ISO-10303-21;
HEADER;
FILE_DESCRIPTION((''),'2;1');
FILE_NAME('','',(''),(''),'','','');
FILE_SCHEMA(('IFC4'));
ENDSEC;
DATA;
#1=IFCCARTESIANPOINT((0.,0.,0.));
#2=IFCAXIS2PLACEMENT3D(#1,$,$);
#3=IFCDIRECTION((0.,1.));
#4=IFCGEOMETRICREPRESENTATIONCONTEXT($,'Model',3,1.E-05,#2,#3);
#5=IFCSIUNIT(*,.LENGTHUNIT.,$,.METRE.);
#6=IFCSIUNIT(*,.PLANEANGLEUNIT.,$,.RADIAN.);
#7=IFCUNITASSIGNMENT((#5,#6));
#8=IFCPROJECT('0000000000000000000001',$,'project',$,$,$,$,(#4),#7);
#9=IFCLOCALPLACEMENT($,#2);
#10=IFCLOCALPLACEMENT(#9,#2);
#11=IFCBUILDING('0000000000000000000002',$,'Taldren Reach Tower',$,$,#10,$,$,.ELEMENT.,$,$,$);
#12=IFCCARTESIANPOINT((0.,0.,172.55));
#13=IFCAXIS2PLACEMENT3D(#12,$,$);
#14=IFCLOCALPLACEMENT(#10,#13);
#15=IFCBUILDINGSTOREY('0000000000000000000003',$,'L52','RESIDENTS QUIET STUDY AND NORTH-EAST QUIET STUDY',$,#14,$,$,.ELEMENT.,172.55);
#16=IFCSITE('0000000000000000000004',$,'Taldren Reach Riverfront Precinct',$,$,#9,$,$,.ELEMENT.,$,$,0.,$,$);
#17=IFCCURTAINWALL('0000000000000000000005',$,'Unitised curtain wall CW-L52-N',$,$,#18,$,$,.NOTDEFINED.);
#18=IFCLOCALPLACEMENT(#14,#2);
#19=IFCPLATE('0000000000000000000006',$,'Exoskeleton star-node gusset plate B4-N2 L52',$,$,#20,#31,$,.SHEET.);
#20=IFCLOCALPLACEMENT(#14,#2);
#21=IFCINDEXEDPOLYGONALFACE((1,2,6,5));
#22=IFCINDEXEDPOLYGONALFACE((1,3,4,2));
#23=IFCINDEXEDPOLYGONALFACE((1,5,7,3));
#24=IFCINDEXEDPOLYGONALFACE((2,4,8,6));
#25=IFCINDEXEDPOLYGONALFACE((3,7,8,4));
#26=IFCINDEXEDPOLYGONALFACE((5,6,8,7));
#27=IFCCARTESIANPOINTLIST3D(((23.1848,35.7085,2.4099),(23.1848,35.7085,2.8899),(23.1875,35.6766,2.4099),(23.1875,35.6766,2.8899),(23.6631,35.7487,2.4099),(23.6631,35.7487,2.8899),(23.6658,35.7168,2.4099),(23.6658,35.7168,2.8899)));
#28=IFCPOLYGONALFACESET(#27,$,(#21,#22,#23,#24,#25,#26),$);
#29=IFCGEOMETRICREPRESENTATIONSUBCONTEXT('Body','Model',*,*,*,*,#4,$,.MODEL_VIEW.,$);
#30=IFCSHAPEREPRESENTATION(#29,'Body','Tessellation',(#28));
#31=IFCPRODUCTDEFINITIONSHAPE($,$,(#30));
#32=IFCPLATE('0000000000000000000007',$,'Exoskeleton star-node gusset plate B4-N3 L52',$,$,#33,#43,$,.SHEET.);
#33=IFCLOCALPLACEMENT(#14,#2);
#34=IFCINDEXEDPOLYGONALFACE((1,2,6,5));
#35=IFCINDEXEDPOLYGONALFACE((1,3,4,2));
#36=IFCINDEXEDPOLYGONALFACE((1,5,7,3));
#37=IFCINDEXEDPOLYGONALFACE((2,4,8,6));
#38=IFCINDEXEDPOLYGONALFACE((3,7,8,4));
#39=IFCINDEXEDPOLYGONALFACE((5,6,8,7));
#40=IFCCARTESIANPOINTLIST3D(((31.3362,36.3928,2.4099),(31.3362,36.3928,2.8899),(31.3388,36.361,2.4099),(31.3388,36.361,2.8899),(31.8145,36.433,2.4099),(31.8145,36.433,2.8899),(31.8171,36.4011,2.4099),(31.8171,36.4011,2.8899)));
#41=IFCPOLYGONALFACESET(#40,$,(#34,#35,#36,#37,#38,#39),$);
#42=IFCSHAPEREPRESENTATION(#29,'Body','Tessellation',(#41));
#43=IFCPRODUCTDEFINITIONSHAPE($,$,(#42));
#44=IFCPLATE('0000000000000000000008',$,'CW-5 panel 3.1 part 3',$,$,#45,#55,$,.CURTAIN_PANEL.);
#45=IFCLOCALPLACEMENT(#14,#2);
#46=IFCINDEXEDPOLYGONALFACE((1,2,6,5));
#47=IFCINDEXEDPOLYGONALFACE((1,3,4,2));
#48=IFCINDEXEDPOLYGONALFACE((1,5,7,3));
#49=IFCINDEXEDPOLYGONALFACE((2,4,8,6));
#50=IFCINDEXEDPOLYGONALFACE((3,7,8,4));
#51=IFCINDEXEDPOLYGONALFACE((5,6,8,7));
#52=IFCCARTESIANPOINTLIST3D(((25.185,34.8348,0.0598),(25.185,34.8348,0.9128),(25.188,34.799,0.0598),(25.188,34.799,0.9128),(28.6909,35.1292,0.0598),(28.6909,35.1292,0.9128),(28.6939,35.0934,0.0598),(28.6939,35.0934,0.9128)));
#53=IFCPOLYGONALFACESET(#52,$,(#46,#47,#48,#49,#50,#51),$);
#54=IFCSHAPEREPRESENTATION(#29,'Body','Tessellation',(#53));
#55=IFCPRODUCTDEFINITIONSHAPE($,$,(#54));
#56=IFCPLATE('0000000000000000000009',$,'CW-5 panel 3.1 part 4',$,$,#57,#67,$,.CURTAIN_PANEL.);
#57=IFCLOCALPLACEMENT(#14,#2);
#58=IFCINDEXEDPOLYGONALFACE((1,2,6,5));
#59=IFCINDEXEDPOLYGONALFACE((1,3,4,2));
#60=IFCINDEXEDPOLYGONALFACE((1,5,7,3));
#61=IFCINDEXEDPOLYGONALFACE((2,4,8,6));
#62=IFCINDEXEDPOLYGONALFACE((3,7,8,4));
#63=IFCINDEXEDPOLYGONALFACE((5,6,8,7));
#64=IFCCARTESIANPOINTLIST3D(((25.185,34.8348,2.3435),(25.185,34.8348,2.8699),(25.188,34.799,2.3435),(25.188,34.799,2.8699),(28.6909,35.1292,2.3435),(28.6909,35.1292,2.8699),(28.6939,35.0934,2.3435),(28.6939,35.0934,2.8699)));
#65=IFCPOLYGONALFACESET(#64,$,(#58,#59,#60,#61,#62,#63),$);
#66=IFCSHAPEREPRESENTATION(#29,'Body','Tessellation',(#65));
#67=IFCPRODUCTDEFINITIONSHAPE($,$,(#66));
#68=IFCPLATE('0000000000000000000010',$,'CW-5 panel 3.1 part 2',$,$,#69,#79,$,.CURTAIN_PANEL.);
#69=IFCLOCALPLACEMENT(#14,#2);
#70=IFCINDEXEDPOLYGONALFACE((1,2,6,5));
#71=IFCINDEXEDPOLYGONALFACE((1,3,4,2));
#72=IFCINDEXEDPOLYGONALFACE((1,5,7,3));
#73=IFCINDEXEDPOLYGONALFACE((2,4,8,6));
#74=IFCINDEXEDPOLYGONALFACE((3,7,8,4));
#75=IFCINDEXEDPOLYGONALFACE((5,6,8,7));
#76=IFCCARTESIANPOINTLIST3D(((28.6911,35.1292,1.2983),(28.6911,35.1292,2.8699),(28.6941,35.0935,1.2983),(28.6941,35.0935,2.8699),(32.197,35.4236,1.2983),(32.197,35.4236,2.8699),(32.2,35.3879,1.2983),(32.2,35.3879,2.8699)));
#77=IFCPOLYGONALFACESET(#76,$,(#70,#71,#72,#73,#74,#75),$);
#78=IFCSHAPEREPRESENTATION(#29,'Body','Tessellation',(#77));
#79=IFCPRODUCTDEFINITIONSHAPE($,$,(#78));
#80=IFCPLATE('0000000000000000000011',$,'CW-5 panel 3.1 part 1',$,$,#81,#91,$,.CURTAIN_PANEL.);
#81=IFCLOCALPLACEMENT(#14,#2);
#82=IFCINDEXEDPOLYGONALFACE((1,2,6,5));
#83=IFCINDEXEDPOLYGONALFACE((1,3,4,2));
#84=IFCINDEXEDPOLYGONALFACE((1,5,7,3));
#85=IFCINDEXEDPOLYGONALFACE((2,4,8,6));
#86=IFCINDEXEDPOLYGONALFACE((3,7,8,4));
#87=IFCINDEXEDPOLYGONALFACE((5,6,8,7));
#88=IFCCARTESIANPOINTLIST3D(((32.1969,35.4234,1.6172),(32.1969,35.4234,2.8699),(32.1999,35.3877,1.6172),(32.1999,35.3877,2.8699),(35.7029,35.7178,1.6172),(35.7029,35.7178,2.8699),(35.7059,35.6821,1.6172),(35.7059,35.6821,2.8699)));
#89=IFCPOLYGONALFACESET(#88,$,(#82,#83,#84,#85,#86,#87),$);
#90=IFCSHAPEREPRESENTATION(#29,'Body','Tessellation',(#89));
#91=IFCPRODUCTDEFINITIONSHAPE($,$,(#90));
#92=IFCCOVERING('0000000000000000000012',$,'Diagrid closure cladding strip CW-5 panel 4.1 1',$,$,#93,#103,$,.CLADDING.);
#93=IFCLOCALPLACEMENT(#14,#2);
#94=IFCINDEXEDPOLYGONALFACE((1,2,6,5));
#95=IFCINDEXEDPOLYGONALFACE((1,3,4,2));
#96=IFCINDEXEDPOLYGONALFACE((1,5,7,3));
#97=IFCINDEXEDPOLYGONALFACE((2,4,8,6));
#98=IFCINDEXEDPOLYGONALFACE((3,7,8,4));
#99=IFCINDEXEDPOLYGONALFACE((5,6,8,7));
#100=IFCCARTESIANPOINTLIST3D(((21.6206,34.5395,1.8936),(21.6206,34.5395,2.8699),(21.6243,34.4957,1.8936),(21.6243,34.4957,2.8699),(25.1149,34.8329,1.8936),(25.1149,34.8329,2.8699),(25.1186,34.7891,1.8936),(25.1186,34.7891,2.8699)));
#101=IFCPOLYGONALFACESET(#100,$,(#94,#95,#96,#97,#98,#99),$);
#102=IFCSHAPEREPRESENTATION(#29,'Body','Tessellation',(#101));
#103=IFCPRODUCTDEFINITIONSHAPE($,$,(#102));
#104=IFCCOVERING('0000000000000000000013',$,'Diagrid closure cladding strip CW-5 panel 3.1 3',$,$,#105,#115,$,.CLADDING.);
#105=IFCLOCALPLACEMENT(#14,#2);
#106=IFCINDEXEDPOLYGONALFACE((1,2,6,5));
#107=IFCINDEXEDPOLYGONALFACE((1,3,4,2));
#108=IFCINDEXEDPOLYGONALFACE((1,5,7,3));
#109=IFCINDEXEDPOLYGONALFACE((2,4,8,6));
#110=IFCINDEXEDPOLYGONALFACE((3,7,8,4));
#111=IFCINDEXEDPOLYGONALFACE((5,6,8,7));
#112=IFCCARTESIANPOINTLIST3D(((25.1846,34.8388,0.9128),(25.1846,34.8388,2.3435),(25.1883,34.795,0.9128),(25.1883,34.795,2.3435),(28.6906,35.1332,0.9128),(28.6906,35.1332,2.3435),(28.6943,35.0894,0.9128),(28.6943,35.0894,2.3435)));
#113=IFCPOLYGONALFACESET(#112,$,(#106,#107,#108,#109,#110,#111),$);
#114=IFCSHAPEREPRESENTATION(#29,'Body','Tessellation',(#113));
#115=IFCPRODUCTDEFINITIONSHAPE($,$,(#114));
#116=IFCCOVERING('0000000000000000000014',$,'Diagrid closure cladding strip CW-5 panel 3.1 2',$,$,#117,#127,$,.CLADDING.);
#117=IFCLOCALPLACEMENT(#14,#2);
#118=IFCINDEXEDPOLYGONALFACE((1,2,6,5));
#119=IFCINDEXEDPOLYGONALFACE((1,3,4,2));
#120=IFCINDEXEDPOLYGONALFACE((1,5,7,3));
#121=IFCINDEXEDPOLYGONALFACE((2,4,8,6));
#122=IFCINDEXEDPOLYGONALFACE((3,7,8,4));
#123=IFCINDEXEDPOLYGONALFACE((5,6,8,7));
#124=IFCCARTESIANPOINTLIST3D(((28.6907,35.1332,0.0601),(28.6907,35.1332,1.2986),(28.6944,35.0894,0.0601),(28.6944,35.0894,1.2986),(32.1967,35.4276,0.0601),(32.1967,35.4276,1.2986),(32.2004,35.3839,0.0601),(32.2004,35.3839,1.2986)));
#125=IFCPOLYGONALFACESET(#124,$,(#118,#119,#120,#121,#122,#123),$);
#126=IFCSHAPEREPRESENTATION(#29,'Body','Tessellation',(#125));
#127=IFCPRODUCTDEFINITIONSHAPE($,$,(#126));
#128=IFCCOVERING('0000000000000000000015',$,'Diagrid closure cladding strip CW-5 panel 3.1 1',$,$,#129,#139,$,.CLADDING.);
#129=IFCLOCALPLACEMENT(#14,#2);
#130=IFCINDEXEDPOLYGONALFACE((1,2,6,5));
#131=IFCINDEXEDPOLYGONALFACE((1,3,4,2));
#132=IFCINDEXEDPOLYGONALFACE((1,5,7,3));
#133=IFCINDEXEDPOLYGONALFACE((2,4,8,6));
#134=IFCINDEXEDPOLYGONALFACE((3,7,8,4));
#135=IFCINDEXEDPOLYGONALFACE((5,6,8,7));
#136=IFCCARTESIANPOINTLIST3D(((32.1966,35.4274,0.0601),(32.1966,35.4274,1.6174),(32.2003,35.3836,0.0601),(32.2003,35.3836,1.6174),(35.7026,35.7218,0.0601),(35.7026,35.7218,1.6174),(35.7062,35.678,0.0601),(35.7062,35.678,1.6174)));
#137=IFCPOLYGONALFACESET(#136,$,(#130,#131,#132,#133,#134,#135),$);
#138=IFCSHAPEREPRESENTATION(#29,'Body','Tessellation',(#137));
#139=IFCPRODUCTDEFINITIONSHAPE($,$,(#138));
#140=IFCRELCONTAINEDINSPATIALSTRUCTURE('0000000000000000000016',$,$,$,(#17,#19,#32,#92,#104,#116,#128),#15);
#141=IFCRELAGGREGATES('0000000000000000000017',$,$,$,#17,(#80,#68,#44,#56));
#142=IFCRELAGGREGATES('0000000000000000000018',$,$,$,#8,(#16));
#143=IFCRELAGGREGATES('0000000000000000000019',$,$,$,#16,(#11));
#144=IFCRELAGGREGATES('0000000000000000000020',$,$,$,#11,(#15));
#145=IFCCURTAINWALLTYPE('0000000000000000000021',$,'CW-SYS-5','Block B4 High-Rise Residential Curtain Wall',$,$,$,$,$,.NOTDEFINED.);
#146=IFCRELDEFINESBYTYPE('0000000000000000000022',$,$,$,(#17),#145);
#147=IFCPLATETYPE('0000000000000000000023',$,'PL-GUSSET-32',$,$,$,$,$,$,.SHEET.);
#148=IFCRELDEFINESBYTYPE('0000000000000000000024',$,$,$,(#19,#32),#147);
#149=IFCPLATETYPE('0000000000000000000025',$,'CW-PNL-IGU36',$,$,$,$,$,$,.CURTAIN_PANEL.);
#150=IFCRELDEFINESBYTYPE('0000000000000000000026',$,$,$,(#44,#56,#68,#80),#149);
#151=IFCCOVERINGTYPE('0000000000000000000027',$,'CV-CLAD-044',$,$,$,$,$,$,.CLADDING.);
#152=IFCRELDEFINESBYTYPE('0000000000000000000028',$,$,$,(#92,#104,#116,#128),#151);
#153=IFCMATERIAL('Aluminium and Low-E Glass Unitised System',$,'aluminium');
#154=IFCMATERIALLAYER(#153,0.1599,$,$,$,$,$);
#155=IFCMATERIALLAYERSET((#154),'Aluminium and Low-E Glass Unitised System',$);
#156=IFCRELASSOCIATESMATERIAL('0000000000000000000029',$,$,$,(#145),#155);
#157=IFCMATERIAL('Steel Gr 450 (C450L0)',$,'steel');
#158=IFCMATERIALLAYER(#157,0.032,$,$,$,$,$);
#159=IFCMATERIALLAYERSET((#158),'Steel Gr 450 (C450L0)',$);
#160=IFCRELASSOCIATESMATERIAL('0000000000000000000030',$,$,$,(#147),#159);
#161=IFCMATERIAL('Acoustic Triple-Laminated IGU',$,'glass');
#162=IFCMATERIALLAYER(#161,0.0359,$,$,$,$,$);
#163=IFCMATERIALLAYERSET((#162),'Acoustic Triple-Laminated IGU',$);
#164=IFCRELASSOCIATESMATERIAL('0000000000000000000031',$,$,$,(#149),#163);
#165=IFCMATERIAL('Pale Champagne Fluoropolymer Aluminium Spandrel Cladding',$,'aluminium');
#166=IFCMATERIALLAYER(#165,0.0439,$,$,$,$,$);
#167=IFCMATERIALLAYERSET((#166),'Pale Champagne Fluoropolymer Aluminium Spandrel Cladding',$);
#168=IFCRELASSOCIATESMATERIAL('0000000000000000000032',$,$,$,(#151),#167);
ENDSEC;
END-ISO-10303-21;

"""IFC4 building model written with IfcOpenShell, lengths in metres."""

from ifc_helpers import new_model, si_unit, direction, frame, origin, origin_2d, place, context, subcontext, project, spatial, rectangle, extrude, source, transform, mapped, material, layer, layer_set, type_object, element, aggregate, save


model = new_model("IFC4")

# Units and contexts
model_context = context("Model", 3, precision=1e-05, world=origin(), true_north=direction((0.0, 1.0)))
body_context = subcontext(model_context, "Body", "Model", "MODEL_VIEW")
ifc_project = project(units=[si_unit("LENGTHUNIT", "METRE"), si_unit("PLANEANGLEUNIT", "RADIAN")], contexts=[model_context])

# Site, building, storey
site_placement = place(None, origin())
site = spatial("IfcSite", under=ifc_project, at=site_placement, Name="Taldren Reach Riverfront Precinct", CompositionType="ELEMENT", RefElevation=0.0)
building_placement = place(site_placement, origin())
building = spatial("IfcBuilding", under=site, at=building_placement, Name="Taldren Reach Tower", CompositionType="ELEMENT")
storey_placement = place(building_placement, frame((0.0, 0.0, 172.55)))
storey = spatial("IfcBuildingStorey", under=building, at=storey_placement, Name="L52", Description="RESIDENTS QUIET STUDY AND NORTH-EAST QUIET STUDY", CompositionType="ELEMENT", Elevation=172.55)

# Shared definitions
ifc_material_1 = material(Name="Steel Gr 450 (C450L0)", Category="steel")

# Curtain wall
ifc_material_2 = material(Name="Aluminium and Low-E Glass Unitised System", Category="aluminium")
ifc_layer_1 = layer(ifc_material_2, 0.1599)
ifc_layer_set_1 = layer_set([ifc_layer_1], Name="Aluminium and Low-E Glass Unitised System")
curtain_wall_type = type_object("IfcCurtainWallType", Name="CW-SYS-5", Description="Block B4 High-Rise Residential Curtain Wall", PredefinedType="NOTDEFINED", material=ifc_layer_set_1)
curtain_wall_placement = place(storey_placement, origin())
curtain_wall = element("IfcCurtainWall", 1, at=curtain_wall_placement, inside=storey, type_object=curtain_wall_type, Name="Unitised curtain wall CW-L52-N", PredefinedType="NOTDEFINED")

# Plates
ifc_layer_2 = layer(ifc_material_1, 0.032)
ifc_layer_set_2 = layer_set([ifc_layer_2], Name="Steel Gr 450 (C450L0)")
plate_type_1 = type_object("IfcPlateType", Name="PL-GUSSET-32", PredefinedType="SHEET", material=ifc_layer_set_2)
shared_shape_1 = source(origin(), body_context, "Body", "SweptSolid", [
    extrude(rectangle(XDim=0.48, YDim=0.032, at=origin_2d()), origin(), (0.0, 0.0, 1.0), 0.48),
])
for number, where, z_axis, x_axis, name in (
    (2, (23.4253, 35.7126, 2.4099), (0.0, 0.0, 1.0), (0.996493, 0.083678, 0.0), "Exoskeleton star-node gusset plate B4-N2 L52"),
    (3, (31.5767, 36.397, 2.4099), (0.0, 0.0, 1.0), (0.996493, 0.083678, 0.0), "Exoskeleton star-node gusset plate B4-N3 L52"),
):
    element("IfcPlate", number, at=place(storey_placement, frame(where, z_axis=z_axis, x_axis=x_axis)), inside=storey, type_object=plate_type_1, Name=name, PredefinedType="SHEET", context=body_context, shape_type="MappedRepresentation", body=[
        mapped(shared_shape_1, transform((0.0, 0.0, 0.0), scale=1.0)),
    ])

# Plates
ifc_material_3 = material(Name="Acoustic Triple-Laminated IGU", Category="glass")
ifc_layer_3 = layer(ifc_material_3, 0.0359)
ifc_layer_set_3 = layer_set([ifc_layer_3], Name="Acoustic Triple-Laminated IGU")
plate_type_2 = type_object("IfcPlateType", Name="CW-PNL-IGU36", PredefinedType="CURTAIN_PANEL", material=ifc_layer_set_3)
shared_shape_2 = source(origin(), body_context, "Body", "SweptSolid", [
    extrude(rectangle(XDim=3.5183, YDim=0.0359, at=origin_2d()), origin(), (0.0, 0.0, 1.0), 0.853),
])
plate_1_placement = place(storey_placement, frame((26.9395, 34.9641, 0.0598), z_axis=(0.0, 0.0, 1.0), x_axis=(-0.996493, -0.083678, 0.0)))
plate_1 = element("IfcPlate", 4, at=plate_1_placement, type_object=plate_type_2, Name="CW-5 panel 3.1 part 3", PredefinedType="CURTAIN_PANEL", context=body_context, shape_type="MappedRepresentation", body=[
    mapped(shared_shape_2, transform((0.0, 0.0, 0.0), scale=1.0)),
])
shared_shape_3 = source(origin(), body_context, "Body", "SweptSolid", [
    extrude(rectangle(XDim=3.5183, YDim=0.0359, at=origin_2d()), origin(), (0.0, 0.0, 1.0), 0.5264),
])
plate_2_placement = place(storey_placement, frame((26.9395, 34.9641, 2.3435), z_axis=(0.0, 0.0, 1.0), x_axis=(-0.996493, -0.083678, 0.0)))
plate_2 = element("IfcPlate", 5, at=plate_2_placement, type_object=plate_type_2, Name="CW-5 panel 3.1 part 4", PredefinedType="CURTAIN_PANEL", context=body_context, shape_type="MappedRepresentation", body=[
    mapped(shared_shape_3, transform((0.0, 0.0, 0.0), scale=1.0)),
])
shared_shape_4 = source(origin(), body_context, "Body", "SweptSolid", [
    extrude(rectangle(XDim=3.5183, YDim=0.0359, at=origin_2d()), origin(), (0.0, 0.0, 1.0), 1.5715),
])
plate_3_placement = place(storey_placement, frame((30.4456, 35.2585, 1.2983), z_axis=(0.0, 0.0, 1.0), x_axis=(-0.996493, -0.083678, 0.0)))
plate_3 = element("IfcPlate", 6, at=plate_3_placement, type_object=plate_type_2, Name="CW-5 panel 3.1 part 2", PredefinedType="CURTAIN_PANEL", context=body_context, shape_type="MappedRepresentation", body=[
    mapped(shared_shape_4, transform((0.0, 0.0, 0.0), scale=1.0)),
])
shared_shape_5 = source(origin(), body_context, "Body", "SweptSolid", [
    extrude(rectangle(XDim=3.5183, YDim=0.0359, at=origin_2d()), origin(), (0.0, 0.0, 1.0), 1.2527),
])
plate_4_placement = place(storey_placement, frame((33.9514, 35.5527, 1.6172), z_axis=(0.0, 0.0, 1.0), x_axis=(-0.996493, -0.083678, 0.0)))
plate_4 = element("IfcPlate", 7, at=plate_4_placement, type_object=plate_type_2, Name="CW-5 panel 3.1 part 1", PredefinedType="CURTAIN_PANEL", context=body_context, shape_type="MappedRepresentation", body=[
    mapped(shared_shape_5, transform((0.0, 0.0, 0.0), scale=1.0)),
])
aggregate(curtain_wall, [plate_4, plate_3, plate_1, plate_2])

# Coverings
ifc_material_4 = material(Name="Pale Champagne Fluoropolymer Aluminium Spandrel Cladding", Category="aluminium")
ifc_layer_4 = layer(ifc_material_4, 0.0439)
ifc_layer_set_4 = layer_set([ifc_layer_4], Name="Pale Champagne Fluoropolymer Aluminium Spandrel Cladding")
covering_type = type_object("IfcCoveringType", Name="CV-CLAD-044", PredefinedType="CLADDING", material=ifc_layer_set_4)
shared_shape_6 = source(origin(), body_context, "Body", "SweptSolid", [
    extrude(rectangle(XDim=3.5066, YDim=0.0439, at=origin_2d()), origin(), (0.0, 0.0, 1.0), 0.9763),
])
covering_1_placement = place(storey_placement, frame((23.3696, 34.6643, 1.8936), z_axis=(0.0, 0.0, 1.0), x_axis=(-0.996493, -0.083678, 0.0)))
element("IfcCovering", 8, at=covering_1_placement, inside=storey, type_object=covering_type, Name="Diagrid closure cladding strip CW-5 panel 4.1 1", PredefinedType="CLADDING", context=body_context, shape_type="MappedRepresentation", body=[
    mapped(shared_shape_6, transform((0.0, 0.0, 0.0), scale=1.0)),
])
shared_shape_7 = source(origin(), body_context, "Body", "SweptSolid", [
    extrude(rectangle(XDim=3.5183, YDim=0.0439, at=origin_2d()), origin(), (0.0, 0.0, 1.0), 1.4307),
])
covering_2_placement = place(storey_placement, frame((26.9395, 34.9641, 0.9128), z_axis=(0.0, 0.0, 1.0), x_axis=(-0.996493, -0.083678, 0.0)))
element("IfcCovering", 9, at=covering_2_placement, inside=storey, type_object=covering_type, Name="Diagrid closure cladding strip CW-5 panel 3.1 3", PredefinedType="CLADDING", context=body_context, shape_type="MappedRepresentation", body=[
    mapped(shared_shape_7, transform((0.0, 0.0, 0.0), scale=1.0)),
])
shared_shape_8 = source(origin(), body_context, "Body", "SweptSolid", [
    extrude(rectangle(XDim=3.5183, YDim=0.0439, at=origin_2d()), origin(), (0.0, 0.0, 1.0), 1.2385),
])
covering_3_placement = place(storey_placement, frame((30.4456, 35.2585, 0.0601), z_axis=(0.0, 0.0, 1.0), x_axis=(-0.996493, -0.083678, 0.0)))
element("IfcCovering", 10, at=covering_3_placement, inside=storey, type_object=covering_type, Name="Diagrid closure cladding strip CW-5 panel 3.1 2", PredefinedType="CLADDING", context=body_context, shape_type="MappedRepresentation", body=[
    mapped(shared_shape_8, transform((0.0, 0.0, 0.0), scale=1.0)),
])
shared_shape_9 = source(origin(), body_context, "Body", "SweptSolid", [
    extrude(rectangle(XDim=3.5183, YDim=0.0439, at=origin_2d()), origin(), (0.0, 0.0, 1.0), 1.5574),
])
covering_4_placement = place(storey_placement, frame((33.9514, 35.5527, 0.0601), z_axis=(0.0, 0.0, 1.0), x_axis=(-0.996493, -0.083678, 0.0)))
element("IfcCovering", 11, at=covering_4_placement, inside=storey, type_object=covering_type, Name="Diagrid closure cladding strip CW-5 panel 3.1 1", PredefinedType="CLADDING", context=body_context, shape_type="MappedRepresentation", body=[
    mapped(shared_shape_9, transform((0.0, 0.0, 0.0), scale=1.0)),
])

save(model, "model.ifc")
